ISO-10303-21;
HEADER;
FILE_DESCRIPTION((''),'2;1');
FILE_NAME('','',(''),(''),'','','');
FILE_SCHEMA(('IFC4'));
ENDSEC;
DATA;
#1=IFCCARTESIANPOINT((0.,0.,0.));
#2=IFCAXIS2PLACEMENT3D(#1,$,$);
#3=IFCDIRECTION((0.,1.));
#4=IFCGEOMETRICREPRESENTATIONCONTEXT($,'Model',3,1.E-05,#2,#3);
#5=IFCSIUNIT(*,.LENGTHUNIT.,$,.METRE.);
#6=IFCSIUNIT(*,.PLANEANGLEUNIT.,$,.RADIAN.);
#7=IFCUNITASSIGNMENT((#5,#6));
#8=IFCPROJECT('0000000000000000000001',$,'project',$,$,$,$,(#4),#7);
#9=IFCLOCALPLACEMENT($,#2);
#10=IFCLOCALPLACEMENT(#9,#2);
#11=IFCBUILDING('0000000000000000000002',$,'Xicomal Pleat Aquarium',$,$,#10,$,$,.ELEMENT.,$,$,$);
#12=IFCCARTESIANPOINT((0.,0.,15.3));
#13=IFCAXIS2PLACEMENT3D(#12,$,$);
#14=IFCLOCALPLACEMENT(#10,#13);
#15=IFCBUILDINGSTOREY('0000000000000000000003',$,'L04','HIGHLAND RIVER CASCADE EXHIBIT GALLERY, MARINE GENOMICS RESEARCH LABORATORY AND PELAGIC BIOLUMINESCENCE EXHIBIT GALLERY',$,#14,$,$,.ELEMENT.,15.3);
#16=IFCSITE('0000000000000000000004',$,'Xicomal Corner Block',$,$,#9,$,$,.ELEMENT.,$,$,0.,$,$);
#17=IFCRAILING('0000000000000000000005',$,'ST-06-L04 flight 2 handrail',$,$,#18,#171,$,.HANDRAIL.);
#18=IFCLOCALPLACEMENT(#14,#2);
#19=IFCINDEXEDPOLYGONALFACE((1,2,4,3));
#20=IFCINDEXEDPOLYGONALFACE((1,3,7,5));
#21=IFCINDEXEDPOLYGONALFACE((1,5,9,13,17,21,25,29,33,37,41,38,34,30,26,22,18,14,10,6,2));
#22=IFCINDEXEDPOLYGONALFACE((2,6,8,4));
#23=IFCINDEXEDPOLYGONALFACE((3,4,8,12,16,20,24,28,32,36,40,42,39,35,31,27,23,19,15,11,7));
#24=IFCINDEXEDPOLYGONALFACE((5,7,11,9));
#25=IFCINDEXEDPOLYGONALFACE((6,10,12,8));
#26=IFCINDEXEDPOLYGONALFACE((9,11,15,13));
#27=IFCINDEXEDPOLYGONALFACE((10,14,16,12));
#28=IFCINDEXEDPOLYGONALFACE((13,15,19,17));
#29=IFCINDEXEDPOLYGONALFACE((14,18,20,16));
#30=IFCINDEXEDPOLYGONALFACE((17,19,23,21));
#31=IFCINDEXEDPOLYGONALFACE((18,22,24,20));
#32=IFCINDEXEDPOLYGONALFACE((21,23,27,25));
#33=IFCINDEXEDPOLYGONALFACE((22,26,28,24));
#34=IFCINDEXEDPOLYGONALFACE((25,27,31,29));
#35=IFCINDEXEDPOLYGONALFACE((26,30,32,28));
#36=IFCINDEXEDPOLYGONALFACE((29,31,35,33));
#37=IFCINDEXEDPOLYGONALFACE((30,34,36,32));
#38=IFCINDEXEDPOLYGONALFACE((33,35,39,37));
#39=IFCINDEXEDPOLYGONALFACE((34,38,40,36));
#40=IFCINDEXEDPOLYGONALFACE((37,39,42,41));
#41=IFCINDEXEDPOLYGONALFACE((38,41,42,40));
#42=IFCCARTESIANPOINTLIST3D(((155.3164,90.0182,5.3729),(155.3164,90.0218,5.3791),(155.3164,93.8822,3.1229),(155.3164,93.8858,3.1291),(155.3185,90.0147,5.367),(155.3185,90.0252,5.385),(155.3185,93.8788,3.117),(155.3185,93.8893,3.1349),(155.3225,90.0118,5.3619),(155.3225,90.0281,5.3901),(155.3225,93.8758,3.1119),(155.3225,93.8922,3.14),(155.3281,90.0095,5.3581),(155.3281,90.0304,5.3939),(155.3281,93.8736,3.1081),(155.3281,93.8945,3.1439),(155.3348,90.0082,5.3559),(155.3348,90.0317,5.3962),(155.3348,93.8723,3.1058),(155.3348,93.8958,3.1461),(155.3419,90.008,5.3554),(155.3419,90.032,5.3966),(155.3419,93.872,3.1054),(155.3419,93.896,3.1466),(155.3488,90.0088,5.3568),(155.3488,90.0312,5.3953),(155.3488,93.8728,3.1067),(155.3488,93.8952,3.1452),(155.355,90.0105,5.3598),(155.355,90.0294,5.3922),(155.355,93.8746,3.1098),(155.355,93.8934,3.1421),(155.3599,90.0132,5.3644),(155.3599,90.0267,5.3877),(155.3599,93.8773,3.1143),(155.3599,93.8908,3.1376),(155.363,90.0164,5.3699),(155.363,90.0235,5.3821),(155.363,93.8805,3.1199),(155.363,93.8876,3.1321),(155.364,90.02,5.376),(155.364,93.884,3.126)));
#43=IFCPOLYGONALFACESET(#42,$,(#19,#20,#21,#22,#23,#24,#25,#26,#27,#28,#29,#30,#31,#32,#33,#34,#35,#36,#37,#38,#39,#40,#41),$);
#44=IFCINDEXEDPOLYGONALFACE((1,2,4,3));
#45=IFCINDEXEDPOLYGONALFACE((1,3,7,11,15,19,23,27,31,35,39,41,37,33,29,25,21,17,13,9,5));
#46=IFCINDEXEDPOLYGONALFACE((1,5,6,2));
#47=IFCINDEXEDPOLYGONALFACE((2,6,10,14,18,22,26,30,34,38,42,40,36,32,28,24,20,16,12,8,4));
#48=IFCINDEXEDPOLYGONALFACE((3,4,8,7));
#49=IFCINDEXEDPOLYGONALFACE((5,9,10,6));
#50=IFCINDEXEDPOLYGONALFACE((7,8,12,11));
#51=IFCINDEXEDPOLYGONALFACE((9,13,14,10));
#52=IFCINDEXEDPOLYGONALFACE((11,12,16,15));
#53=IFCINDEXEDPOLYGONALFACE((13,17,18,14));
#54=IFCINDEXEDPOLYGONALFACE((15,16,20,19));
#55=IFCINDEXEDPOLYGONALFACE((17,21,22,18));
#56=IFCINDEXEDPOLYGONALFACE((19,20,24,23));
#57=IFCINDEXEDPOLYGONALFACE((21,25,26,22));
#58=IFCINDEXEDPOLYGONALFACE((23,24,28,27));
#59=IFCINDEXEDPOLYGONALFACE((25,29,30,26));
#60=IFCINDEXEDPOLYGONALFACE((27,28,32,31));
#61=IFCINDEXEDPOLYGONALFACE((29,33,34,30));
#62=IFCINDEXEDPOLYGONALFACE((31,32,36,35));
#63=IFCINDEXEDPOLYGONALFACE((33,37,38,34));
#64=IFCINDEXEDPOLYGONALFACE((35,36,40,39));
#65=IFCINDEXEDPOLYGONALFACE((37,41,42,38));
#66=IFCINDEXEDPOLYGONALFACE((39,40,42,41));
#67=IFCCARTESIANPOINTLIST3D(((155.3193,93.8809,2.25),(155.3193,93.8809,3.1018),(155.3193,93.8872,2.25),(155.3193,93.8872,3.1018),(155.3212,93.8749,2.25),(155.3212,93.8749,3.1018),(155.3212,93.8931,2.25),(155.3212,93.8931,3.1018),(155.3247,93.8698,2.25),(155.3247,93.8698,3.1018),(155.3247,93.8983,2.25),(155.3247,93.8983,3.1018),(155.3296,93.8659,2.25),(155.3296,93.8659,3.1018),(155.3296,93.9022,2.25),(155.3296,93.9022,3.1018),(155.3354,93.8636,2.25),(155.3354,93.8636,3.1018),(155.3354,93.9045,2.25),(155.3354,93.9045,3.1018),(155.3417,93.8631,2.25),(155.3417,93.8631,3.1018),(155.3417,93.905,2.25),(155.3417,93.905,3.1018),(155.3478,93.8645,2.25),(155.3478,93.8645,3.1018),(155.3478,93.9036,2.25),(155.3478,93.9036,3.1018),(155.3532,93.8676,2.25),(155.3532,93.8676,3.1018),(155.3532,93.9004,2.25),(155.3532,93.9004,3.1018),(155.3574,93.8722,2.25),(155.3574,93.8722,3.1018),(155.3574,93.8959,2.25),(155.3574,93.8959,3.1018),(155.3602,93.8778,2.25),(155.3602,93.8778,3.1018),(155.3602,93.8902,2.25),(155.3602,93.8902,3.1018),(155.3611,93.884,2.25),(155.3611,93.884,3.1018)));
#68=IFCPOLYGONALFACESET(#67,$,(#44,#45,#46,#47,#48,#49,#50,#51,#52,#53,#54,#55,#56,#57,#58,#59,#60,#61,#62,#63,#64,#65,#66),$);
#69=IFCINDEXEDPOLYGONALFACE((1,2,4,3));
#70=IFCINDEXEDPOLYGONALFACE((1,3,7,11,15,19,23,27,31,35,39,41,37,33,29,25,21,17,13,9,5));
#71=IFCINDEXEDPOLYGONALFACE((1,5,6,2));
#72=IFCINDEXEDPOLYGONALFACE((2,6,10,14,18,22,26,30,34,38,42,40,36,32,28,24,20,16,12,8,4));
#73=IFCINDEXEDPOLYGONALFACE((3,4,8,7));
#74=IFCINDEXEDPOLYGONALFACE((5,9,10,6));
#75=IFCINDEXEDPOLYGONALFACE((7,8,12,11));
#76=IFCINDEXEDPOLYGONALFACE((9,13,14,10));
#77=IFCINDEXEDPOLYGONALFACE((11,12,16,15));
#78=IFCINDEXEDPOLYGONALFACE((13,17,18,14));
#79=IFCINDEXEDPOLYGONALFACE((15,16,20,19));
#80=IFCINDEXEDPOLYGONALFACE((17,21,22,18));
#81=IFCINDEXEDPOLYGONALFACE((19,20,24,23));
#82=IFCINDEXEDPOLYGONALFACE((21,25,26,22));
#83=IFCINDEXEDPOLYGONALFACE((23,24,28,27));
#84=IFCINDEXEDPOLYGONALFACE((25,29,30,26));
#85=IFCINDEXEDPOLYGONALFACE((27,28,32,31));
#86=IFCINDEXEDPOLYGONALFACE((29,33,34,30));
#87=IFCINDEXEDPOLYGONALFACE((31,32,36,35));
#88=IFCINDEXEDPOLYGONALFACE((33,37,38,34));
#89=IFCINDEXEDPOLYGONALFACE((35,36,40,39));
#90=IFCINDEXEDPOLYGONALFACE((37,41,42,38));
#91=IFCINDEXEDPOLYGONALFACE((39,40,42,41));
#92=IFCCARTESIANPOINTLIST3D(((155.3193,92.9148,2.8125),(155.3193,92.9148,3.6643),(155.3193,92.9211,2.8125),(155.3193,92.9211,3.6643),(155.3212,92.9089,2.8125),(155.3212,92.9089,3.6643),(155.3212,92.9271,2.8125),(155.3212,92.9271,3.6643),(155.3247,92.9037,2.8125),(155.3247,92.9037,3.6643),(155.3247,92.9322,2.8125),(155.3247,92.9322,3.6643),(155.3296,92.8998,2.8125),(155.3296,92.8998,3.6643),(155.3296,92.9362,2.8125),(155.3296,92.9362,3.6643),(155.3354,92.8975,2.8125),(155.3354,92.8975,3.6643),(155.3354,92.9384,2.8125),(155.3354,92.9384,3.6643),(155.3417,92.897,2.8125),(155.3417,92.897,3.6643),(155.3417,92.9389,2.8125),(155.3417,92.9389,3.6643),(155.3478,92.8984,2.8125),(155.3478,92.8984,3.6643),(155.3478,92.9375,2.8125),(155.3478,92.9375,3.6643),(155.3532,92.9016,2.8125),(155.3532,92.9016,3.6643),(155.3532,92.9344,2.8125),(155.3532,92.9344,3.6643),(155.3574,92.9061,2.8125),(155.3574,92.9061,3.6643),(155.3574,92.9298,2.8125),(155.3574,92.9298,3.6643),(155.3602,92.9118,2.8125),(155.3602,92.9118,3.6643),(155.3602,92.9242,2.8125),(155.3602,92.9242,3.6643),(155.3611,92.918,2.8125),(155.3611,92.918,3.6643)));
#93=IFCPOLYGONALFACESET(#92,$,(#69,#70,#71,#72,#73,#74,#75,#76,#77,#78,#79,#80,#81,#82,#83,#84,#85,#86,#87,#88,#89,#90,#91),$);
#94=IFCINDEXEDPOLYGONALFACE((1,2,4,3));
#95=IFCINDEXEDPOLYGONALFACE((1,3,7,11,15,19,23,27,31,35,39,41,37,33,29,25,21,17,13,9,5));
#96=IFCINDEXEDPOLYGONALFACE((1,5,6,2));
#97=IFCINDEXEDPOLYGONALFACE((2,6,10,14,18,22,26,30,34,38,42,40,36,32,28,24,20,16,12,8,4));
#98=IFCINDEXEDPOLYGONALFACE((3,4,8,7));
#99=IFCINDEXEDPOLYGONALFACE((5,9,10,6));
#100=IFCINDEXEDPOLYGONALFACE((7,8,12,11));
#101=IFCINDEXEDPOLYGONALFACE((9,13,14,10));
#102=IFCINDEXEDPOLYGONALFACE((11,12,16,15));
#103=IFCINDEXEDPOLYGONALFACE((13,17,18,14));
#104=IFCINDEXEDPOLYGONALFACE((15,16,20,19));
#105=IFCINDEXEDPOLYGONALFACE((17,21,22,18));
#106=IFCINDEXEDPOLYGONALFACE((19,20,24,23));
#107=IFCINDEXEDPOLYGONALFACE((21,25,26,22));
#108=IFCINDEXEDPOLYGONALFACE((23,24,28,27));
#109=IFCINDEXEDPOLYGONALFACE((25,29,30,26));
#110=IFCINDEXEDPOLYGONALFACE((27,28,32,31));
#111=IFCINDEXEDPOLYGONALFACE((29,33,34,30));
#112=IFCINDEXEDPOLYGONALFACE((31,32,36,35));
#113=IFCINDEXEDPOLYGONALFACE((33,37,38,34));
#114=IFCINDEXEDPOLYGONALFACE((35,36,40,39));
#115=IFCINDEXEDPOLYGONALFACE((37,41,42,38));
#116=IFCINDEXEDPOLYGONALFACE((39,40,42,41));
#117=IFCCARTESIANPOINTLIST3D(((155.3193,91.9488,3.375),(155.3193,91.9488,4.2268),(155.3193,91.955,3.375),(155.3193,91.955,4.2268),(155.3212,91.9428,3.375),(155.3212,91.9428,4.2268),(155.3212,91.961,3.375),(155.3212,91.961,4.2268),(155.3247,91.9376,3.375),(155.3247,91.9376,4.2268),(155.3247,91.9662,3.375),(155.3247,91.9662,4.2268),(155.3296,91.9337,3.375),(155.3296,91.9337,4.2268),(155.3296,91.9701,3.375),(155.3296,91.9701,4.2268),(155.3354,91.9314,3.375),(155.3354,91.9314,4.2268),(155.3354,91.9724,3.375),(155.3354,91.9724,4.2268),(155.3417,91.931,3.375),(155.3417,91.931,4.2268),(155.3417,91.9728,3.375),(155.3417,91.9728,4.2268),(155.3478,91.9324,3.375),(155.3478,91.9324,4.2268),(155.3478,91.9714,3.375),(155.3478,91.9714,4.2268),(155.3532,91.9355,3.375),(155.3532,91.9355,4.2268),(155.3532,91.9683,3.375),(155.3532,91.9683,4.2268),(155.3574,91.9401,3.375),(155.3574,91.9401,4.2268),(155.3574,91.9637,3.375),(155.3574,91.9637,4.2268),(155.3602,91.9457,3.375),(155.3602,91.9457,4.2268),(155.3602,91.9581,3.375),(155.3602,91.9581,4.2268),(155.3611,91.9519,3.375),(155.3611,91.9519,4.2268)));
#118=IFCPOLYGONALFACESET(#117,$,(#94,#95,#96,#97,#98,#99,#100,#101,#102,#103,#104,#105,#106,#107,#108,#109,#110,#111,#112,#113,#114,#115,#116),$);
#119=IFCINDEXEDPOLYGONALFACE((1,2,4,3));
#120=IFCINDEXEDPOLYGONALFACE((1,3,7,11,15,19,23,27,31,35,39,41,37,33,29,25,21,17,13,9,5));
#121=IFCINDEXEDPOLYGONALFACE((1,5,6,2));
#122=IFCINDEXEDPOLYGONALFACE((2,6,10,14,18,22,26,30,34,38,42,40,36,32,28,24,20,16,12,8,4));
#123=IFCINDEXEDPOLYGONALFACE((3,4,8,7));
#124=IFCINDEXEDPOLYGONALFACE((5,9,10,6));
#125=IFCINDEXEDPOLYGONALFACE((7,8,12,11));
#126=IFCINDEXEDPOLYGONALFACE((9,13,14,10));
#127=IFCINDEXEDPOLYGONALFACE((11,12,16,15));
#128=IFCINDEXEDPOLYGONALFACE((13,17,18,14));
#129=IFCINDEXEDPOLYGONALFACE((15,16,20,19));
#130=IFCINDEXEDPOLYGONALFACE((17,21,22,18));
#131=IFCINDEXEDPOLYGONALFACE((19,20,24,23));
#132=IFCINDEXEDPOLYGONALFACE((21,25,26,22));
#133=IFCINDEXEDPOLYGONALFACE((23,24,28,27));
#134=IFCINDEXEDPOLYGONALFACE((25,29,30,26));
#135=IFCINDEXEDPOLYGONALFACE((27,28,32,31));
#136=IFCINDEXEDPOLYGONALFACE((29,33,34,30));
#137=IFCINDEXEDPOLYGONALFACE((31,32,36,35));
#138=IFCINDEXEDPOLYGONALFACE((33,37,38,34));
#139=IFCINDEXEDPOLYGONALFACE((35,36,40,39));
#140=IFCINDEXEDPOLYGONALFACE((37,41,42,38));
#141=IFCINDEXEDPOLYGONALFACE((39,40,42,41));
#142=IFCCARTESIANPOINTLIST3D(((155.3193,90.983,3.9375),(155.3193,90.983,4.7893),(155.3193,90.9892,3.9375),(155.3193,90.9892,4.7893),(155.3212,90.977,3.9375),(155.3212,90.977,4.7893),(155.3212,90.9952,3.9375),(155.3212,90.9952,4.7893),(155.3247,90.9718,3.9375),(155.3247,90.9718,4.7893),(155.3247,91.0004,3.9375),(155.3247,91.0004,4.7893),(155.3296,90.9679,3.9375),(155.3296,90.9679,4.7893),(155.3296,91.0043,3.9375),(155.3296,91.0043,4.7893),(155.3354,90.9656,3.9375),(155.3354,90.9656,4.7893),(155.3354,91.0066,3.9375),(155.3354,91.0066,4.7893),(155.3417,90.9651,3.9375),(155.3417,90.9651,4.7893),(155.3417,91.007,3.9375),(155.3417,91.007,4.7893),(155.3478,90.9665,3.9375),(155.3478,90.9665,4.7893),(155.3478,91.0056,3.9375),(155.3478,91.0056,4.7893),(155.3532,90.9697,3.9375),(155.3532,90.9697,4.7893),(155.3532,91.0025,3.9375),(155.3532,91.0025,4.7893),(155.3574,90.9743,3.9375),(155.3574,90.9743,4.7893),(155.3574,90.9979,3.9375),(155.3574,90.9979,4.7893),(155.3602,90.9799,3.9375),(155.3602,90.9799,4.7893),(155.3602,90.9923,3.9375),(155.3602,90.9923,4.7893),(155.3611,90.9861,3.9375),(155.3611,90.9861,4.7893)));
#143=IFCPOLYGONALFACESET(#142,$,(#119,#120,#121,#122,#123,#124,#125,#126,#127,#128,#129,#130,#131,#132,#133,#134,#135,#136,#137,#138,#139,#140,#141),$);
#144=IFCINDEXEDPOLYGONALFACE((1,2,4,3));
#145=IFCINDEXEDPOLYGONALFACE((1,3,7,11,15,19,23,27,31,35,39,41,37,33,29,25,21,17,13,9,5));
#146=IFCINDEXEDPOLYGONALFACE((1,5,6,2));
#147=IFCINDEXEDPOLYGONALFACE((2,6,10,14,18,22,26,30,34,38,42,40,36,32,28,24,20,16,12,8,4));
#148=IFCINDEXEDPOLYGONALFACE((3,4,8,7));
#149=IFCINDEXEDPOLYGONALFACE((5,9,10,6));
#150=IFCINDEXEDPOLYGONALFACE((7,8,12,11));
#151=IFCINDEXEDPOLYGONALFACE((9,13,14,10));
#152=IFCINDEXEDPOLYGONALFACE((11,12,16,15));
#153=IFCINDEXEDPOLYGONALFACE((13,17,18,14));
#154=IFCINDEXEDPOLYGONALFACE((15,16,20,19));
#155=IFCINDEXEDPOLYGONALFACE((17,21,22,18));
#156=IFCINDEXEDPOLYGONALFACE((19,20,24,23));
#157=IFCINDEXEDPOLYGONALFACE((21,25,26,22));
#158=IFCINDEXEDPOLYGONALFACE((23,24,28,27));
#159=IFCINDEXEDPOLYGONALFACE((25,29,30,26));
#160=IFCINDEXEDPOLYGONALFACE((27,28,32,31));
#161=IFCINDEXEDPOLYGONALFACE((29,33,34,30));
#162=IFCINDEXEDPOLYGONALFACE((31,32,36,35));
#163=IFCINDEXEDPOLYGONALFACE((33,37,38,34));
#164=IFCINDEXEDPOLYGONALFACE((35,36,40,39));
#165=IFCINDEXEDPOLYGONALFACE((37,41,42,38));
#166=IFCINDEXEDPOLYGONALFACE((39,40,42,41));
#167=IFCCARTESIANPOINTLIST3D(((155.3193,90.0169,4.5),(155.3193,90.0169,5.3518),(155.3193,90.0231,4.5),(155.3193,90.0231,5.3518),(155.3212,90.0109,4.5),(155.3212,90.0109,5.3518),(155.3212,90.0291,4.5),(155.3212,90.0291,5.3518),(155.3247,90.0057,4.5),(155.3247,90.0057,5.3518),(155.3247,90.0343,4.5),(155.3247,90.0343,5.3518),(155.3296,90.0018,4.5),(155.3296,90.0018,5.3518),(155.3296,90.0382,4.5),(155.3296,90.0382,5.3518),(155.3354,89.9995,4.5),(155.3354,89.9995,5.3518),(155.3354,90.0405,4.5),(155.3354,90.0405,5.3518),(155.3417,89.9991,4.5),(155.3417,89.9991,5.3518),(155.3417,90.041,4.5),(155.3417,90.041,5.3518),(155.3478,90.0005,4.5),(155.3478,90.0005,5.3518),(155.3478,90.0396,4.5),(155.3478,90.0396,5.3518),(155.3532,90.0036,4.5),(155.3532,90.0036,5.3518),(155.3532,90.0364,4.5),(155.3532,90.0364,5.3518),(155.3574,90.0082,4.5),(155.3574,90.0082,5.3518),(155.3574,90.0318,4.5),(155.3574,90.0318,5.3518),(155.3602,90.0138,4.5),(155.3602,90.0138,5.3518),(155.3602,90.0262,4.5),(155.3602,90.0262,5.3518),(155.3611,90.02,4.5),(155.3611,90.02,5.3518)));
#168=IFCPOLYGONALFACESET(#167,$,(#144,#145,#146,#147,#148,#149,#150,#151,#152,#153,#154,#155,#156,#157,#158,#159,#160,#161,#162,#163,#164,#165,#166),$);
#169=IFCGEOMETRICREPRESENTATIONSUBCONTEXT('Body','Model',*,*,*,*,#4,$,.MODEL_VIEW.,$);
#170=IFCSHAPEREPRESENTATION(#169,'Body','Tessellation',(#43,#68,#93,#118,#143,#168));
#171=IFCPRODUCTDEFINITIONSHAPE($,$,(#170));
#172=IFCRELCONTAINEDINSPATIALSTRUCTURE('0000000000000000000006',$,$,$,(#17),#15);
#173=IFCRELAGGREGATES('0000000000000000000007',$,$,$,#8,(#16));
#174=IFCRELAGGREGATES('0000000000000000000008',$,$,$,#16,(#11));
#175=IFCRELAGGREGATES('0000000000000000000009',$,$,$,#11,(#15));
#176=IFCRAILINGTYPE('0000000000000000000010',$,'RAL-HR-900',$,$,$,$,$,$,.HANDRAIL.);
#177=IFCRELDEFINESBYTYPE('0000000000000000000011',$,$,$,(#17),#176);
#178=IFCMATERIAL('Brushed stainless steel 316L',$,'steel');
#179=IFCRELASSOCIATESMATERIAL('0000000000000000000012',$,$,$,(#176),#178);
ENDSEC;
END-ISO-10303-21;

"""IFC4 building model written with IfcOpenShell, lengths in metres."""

from ifc_helpers import new_model, si_unit, direction, frame, origin, origin_2d, place, context, subcontext, project, spatial, circle, extrude, material, type_object, element, save


model = new_model("IFC4")

# Units and contexts
model_context = context("Model", 3, precision=1e-05, world=origin(), true_north=direction((0.0, 1.0)))
body_context = subcontext(model_context, "Body", "Model", "MODEL_VIEW")
ifc_project = project(units=[si_unit("LENGTHUNIT", "METRE"), si_unit("PLANEANGLEUNIT", "RADIAN")], contexts=[model_context])

# Site, building, storey
site_placement = place(None, origin())
site = spatial("IfcSite", under=ifc_project, at=site_placement, Name="Xicomal Corner Block", CompositionType="ELEMENT", RefElevation=0.0)
building_placement = place(site_placement, origin())
building = spatial("IfcBuilding", under=site, at=building_placement, Name="Xicomal Pleat Aquarium", CompositionType="ELEMENT")
storey_placement = place(building_placement, frame((0.0, 0.0, 15.3)))
storey = spatial("IfcBuildingStorey", under=building, at=storey_placement, Name="L04", Description="HIGHLAND RIVER CASCADE EXHIBIT GALLERY, MARINE GENOMICS RESEARCH LABORATORY AND PELAGIC BIOLUMINESCENCE EXHIBIT GALLERY", CompositionType="ELEMENT", Elevation=15.3)

# Railing
ifc_material_1 = material(Name="Brushed stainless steel 316L", Category="steel")
railing_type_1 = type_object("IfcRailingType", Name="RAL-HR-900", PredefinedType="HANDRAIL", material=ifc_material_1)
railing_1_placement = place(storey_placement, frame((155.3401, 93.884, 2.25)))
element("IfcRailing", 1, at=railing_1_placement, inside=storey, type_object=railing_type_1, Name="ST-06-L04 flight 2 handrail", PredefinedType="HANDRAIL", context=body_context, shape_type="SweptSolid", body=[
    extrude(circle(Radius=0.0239, at=origin_2d()), frame((0.0, 0.0, 0.876), z_axis=(0.0, -0.864169, 0.503202), x_axis=(1.0, 0.0, 0.0)), (0.0, 0.0, 1.0), 4.4714),
    extrude(circle(Radius=0.021, at=origin_2d()), origin(), (0.0, 0.0, 1.0), 0.8518),
    extrude(circle(Radius=0.021, at=origin_2d()), frame((0.0, -0.9661, 0.5625)), (0.0, 0.0, 1.0), 0.8518),
    extrude(circle(Radius=0.021, at=origin_2d()), frame((0.0, -1.9321, 1.125)), (0.0, 0.0, 1.0), 0.8518),
    extrude(circle(Radius=0.021, at=origin_2d()), frame((0.0, -2.8979, 1.6875)), (0.0, 0.0, 1.0), 0.8518),
    extrude(circle(Radius=0.021, at=origin_2d()), frame((0.0, -3.864, 2.25)), (0.0, 0.0, 1.0), 0.8518),
])

save(model, "model.ifc")
